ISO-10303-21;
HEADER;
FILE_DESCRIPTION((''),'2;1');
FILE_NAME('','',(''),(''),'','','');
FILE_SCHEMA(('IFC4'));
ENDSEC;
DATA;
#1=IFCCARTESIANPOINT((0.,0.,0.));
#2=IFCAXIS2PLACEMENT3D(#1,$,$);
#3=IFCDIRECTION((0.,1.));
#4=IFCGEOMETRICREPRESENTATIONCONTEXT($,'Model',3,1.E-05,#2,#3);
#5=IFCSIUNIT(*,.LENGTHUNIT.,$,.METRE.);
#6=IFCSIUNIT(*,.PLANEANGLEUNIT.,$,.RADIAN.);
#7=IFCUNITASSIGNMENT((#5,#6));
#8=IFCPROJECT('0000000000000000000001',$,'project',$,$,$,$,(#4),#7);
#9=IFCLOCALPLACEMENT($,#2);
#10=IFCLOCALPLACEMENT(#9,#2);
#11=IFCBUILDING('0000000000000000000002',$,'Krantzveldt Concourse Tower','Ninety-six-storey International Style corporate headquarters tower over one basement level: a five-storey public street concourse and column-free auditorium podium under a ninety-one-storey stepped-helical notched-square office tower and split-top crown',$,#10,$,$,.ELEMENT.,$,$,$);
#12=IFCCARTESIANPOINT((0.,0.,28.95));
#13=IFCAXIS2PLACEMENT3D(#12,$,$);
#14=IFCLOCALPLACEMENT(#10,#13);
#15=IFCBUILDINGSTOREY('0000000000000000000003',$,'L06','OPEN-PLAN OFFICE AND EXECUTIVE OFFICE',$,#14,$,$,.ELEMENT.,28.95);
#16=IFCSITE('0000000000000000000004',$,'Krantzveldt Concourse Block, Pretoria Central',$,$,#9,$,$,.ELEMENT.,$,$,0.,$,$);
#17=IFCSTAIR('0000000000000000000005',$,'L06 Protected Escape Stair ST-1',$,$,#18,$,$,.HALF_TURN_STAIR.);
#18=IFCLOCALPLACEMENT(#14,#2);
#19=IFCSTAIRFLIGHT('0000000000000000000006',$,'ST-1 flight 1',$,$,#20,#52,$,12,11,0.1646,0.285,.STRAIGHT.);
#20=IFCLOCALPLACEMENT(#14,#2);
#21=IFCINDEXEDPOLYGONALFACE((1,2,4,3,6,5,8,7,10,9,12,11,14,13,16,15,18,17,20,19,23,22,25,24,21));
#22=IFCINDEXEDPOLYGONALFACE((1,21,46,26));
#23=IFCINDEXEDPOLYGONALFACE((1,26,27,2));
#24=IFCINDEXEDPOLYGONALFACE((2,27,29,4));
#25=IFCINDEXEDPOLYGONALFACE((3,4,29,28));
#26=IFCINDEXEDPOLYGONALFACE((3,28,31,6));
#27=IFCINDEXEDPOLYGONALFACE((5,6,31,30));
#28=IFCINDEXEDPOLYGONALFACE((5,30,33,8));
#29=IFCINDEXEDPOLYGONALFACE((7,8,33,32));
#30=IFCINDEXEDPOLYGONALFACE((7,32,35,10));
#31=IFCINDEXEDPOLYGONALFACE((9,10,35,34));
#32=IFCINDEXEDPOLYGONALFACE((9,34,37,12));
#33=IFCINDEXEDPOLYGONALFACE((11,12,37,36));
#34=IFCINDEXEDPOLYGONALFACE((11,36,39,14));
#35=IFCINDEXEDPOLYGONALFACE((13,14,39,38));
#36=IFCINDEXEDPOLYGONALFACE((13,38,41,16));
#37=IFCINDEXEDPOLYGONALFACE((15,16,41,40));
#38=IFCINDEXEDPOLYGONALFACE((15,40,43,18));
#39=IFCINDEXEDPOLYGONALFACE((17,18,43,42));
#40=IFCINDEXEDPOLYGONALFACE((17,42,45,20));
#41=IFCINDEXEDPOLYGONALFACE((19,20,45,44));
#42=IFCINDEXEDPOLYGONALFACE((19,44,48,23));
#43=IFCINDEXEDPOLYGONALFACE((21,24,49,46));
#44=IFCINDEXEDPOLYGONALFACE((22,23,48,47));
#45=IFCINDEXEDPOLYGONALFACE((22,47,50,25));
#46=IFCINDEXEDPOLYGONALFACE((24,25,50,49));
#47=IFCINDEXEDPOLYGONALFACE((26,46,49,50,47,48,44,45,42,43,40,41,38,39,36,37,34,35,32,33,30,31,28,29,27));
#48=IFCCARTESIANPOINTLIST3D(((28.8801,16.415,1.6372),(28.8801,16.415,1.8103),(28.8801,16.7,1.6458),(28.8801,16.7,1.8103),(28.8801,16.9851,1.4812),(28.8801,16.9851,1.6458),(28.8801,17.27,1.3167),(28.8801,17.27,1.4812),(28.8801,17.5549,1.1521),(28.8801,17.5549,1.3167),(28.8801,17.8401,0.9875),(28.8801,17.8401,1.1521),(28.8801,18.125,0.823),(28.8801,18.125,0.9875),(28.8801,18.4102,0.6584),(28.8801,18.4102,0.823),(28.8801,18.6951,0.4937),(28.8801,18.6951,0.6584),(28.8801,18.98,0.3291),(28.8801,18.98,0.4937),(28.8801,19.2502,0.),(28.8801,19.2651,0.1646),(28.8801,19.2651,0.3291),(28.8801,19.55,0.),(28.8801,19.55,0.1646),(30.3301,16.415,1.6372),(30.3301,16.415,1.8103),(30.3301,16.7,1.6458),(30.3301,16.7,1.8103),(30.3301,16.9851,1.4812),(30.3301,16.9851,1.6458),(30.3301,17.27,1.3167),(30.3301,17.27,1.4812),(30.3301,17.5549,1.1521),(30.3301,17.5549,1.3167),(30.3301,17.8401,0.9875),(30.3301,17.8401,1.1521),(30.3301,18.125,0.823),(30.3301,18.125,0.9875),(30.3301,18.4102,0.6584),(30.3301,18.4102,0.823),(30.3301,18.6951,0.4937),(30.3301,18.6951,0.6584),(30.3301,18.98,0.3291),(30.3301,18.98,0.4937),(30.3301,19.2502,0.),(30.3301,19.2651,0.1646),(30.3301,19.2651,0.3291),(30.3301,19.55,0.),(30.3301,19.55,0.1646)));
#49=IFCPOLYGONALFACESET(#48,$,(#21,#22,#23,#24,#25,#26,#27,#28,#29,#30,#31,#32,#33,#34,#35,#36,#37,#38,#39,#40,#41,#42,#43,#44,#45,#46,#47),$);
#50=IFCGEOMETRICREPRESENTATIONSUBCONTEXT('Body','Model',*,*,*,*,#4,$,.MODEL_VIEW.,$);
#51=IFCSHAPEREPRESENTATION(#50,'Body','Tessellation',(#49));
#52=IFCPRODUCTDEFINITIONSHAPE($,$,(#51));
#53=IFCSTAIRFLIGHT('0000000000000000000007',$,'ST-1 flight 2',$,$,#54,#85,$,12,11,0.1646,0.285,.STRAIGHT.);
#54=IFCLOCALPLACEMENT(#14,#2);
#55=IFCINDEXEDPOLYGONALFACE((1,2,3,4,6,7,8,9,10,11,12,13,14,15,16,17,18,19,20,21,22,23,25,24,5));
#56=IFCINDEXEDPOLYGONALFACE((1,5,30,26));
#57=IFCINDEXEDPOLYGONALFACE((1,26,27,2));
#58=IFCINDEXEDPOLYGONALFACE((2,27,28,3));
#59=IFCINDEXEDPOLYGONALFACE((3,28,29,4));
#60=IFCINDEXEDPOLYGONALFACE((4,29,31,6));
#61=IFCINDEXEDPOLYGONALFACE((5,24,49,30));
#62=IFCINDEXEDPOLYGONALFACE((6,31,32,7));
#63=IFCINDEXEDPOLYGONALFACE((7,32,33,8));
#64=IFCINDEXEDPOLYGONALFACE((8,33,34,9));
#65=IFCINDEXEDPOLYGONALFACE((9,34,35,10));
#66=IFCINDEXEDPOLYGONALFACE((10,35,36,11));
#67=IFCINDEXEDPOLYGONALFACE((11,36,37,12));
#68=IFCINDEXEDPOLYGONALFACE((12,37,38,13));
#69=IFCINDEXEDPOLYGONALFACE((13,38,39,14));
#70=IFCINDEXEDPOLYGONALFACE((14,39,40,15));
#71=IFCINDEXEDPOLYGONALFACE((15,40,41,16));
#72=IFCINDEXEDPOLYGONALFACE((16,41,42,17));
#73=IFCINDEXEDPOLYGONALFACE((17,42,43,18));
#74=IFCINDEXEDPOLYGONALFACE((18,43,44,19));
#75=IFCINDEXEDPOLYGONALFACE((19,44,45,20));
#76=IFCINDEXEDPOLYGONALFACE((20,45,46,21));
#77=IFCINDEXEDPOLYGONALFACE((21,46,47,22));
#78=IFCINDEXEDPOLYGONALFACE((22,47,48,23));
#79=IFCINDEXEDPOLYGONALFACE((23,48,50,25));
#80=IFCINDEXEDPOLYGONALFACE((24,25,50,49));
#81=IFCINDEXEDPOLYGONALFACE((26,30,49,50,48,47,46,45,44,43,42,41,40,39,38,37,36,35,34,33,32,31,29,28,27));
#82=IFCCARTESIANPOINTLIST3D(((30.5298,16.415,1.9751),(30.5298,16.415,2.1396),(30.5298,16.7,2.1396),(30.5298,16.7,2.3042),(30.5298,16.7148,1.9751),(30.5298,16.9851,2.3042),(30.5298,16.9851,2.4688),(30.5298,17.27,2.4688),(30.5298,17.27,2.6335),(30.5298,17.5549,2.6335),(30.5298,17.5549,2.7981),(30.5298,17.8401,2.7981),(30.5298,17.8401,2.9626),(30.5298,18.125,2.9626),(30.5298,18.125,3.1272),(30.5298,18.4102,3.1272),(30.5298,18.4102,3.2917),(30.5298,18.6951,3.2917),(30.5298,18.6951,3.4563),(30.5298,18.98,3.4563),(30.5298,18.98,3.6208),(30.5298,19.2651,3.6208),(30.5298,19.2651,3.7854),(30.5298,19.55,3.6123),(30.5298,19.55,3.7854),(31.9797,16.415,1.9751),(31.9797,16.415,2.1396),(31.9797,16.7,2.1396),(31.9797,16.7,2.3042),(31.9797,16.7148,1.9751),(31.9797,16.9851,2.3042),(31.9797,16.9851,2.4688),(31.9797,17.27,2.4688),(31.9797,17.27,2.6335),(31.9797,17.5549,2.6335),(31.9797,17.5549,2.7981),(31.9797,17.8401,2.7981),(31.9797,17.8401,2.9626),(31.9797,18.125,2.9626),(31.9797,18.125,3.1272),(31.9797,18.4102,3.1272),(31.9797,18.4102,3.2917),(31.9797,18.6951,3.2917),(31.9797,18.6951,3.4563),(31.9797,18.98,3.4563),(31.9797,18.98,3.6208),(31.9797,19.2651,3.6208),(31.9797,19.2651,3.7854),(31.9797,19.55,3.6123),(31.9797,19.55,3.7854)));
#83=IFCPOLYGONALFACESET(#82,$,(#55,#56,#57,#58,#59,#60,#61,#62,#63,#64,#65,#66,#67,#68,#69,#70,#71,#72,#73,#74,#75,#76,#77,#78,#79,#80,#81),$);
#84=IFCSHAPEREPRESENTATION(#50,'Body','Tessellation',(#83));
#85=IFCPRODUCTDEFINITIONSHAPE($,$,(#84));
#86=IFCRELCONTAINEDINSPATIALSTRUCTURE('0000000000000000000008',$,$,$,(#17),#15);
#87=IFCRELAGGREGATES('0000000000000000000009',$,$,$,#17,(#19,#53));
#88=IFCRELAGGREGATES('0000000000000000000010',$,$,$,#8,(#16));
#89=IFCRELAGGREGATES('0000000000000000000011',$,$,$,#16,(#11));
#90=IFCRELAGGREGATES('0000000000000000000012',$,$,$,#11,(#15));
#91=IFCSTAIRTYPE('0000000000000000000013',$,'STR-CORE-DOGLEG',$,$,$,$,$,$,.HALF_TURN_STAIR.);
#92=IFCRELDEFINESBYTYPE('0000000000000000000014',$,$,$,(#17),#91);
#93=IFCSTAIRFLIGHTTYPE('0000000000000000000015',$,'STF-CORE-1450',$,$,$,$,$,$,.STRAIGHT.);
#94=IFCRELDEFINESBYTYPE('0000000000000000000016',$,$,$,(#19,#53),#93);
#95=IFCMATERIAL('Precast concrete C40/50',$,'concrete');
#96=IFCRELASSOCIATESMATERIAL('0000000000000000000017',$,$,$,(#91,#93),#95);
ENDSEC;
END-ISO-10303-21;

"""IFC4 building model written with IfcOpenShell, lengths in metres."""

from ifc_helpers import new_model, si_unit, direction, frame, origin, place, context, subcontext, project, spatial, polyline, outline, extrude, material, type_object, element, aggregate, save


model = new_model("IFC4")

# Units and contexts
model_context = context("Model", 3, precision=1e-05, world=origin(), true_north=direction((0.0, 1.0)))
body_context = subcontext(model_context, "Body", "Model", "MODEL_VIEW")
ifc_project = project(units=[si_unit("LENGTHUNIT", "METRE"), si_unit("PLANEANGLEUNIT", "RADIAN")], contexts=[model_context])

# Site, building, storey
site_placement = place(None, origin())
site = spatial("IfcSite", under=ifc_project, at=site_placement, Name="Krantzveldt Concourse Block, Pretoria Central", CompositionType="ELEMENT", RefElevation=0.0)
building_placement = place(site_placement, origin())
building = spatial("IfcBuilding", under=site, at=building_placement, Name="Krantzveldt Concourse Tower", Description="Ninety-six-storey International Style corporate headquarters tower over one basement level: a five-storey public street concourse and column-free auditorium podium under a ninety-one-storey stepped-helical notched-square office tower and split-top crown", CompositionType="ELEMENT")
storey_placement = place(building_placement, frame((0.0, 0.0, 28.95)))
storey = spatial("IfcBuildingStorey", under=building, at=storey_placement, Name="L06", Description="OPEN-PLAN OFFICE AND EXECUTIVE OFFICE", CompositionType="ELEMENT", Elevation=28.95)

# Stair, stair flights
ifc_material_1 = material(Name="Precast concrete C40/50", Category="concrete")
stair_type = type_object("IfcStairType", Name="STR-CORE-DOGLEG", PredefinedType="HALF_TURN_STAIR", material=ifc_material_1)
stair_placement = place(storey_placement, origin())
stair = element("IfcStair", 1, at=stair_placement, inside=storey, type_object=stair_type, Name="L06 Protected Escape Stair ST-1", PredefinedType="HALF_TURN_STAIR")
stair_flight_type = type_object("IfcStairFlightType", Name="STF-CORE-1450", PredefinedType="STRAIGHT", material=ifc_material_1)
stair_flight_1_placement = place(storey_placement, frame((29.605, 19.55, 0.0), z_axis=(0.0, 0.0, 1.0), x_axis=(0.0, -1.0, 0.0)))
stair_flight_1 = element("IfcStairFlight", 2, at=stair_flight_1_placement, type_object=stair_flight_type, Name="ST-1 flight 1", NumberOfRisers=12, NumberOfTreads=11, PredefinedType="STRAIGHT", RiserHeight=0.1646, TreadLength=0.285, context=body_context, shape_type="SweptSolid", body=[
    extrude(outline(polyline([(0.0, 0.0), (0.0, 0.1646), (0.2849, 0.1646), (0.2849, 0.3291), (0.5701, 0.3291), (0.5701, 0.4937), (0.855, 0.4937), (0.855, 0.6584), (1.1399, 0.6584), (1.1399, 0.823), (1.425, 0.823), (1.425, 0.9875), (1.71, 0.9875), (1.71, 1.1521), (1.9951, 1.1521), (1.9951, 1.3167), (2.28, 1.3167), (2.28, 1.4812), (2.5649, 1.4812), (2.5649, 1.6458), (2.8501, 1.6458), (2.8501, 1.8103), (3.135, 1.8103), (3.135, 1.9751), (3.135, 1.6372), (0.2998, 0.0), (0.0, 0.0)])), frame((0.0, 0.7251, 0.0), z_axis=(0.0, -1.0, 0.0), x_axis=(1.0, 0.0, 0.0)), (0.0, 0.0, 1.0), 1.45),
])
stair_flight_2_placement = place(storey_placement, frame((31.2549, 16.415, 1.9751), z_axis=(0.0, 0.0, 1.0), x_axis=(0.0, 1.0, 0.0)))
stair_flight_2 = element("IfcStairFlight", 3, at=stair_flight_2_placement, type_object=stair_flight_type, Name="ST-1 flight 2", NumberOfRisers=12, NumberOfTreads=11, PredefinedType="STRAIGHT", RiserHeight=0.1646, TreadLength=0.285, context=body_context, shape_type="SweptSolid", body=[
    extrude(outline(polyline([(0.0, 0.0), (0.0, 0.1646), (0.2849, 0.1646), (0.2849, 0.3291), (0.5701, 0.3291), (0.5701, 0.4937), (0.855, 0.4937), (0.855, 0.6584), (1.1399, 0.6584), (1.1399, 0.823), (1.425, 0.823), (1.425, 0.9875), (1.71, 0.9875), (1.71, 1.1521), (1.9951, 1.1521), (1.9951, 1.3167), (2.28, 1.3167), (2.28, 1.4812), (2.5649, 1.4812), (2.5649, 1.6458), (2.8501, 1.6458), (2.8501, 1.8103), (3.135, 1.8103), (3.135, 1.9751), (3.135, 1.6372), (0.2998, 0.0), (0.0, 0.0)])), frame((0.0, 0.7251, 0.0), z_axis=(0.0, -1.0, 0.0), x_axis=(1.0, 0.0, 0.0)), (0.0, 0.0, 1.0), 1.45),
])
aggregate(stair, [stair_flight_1, stair_flight_2])

save(model, "model.ifc")
